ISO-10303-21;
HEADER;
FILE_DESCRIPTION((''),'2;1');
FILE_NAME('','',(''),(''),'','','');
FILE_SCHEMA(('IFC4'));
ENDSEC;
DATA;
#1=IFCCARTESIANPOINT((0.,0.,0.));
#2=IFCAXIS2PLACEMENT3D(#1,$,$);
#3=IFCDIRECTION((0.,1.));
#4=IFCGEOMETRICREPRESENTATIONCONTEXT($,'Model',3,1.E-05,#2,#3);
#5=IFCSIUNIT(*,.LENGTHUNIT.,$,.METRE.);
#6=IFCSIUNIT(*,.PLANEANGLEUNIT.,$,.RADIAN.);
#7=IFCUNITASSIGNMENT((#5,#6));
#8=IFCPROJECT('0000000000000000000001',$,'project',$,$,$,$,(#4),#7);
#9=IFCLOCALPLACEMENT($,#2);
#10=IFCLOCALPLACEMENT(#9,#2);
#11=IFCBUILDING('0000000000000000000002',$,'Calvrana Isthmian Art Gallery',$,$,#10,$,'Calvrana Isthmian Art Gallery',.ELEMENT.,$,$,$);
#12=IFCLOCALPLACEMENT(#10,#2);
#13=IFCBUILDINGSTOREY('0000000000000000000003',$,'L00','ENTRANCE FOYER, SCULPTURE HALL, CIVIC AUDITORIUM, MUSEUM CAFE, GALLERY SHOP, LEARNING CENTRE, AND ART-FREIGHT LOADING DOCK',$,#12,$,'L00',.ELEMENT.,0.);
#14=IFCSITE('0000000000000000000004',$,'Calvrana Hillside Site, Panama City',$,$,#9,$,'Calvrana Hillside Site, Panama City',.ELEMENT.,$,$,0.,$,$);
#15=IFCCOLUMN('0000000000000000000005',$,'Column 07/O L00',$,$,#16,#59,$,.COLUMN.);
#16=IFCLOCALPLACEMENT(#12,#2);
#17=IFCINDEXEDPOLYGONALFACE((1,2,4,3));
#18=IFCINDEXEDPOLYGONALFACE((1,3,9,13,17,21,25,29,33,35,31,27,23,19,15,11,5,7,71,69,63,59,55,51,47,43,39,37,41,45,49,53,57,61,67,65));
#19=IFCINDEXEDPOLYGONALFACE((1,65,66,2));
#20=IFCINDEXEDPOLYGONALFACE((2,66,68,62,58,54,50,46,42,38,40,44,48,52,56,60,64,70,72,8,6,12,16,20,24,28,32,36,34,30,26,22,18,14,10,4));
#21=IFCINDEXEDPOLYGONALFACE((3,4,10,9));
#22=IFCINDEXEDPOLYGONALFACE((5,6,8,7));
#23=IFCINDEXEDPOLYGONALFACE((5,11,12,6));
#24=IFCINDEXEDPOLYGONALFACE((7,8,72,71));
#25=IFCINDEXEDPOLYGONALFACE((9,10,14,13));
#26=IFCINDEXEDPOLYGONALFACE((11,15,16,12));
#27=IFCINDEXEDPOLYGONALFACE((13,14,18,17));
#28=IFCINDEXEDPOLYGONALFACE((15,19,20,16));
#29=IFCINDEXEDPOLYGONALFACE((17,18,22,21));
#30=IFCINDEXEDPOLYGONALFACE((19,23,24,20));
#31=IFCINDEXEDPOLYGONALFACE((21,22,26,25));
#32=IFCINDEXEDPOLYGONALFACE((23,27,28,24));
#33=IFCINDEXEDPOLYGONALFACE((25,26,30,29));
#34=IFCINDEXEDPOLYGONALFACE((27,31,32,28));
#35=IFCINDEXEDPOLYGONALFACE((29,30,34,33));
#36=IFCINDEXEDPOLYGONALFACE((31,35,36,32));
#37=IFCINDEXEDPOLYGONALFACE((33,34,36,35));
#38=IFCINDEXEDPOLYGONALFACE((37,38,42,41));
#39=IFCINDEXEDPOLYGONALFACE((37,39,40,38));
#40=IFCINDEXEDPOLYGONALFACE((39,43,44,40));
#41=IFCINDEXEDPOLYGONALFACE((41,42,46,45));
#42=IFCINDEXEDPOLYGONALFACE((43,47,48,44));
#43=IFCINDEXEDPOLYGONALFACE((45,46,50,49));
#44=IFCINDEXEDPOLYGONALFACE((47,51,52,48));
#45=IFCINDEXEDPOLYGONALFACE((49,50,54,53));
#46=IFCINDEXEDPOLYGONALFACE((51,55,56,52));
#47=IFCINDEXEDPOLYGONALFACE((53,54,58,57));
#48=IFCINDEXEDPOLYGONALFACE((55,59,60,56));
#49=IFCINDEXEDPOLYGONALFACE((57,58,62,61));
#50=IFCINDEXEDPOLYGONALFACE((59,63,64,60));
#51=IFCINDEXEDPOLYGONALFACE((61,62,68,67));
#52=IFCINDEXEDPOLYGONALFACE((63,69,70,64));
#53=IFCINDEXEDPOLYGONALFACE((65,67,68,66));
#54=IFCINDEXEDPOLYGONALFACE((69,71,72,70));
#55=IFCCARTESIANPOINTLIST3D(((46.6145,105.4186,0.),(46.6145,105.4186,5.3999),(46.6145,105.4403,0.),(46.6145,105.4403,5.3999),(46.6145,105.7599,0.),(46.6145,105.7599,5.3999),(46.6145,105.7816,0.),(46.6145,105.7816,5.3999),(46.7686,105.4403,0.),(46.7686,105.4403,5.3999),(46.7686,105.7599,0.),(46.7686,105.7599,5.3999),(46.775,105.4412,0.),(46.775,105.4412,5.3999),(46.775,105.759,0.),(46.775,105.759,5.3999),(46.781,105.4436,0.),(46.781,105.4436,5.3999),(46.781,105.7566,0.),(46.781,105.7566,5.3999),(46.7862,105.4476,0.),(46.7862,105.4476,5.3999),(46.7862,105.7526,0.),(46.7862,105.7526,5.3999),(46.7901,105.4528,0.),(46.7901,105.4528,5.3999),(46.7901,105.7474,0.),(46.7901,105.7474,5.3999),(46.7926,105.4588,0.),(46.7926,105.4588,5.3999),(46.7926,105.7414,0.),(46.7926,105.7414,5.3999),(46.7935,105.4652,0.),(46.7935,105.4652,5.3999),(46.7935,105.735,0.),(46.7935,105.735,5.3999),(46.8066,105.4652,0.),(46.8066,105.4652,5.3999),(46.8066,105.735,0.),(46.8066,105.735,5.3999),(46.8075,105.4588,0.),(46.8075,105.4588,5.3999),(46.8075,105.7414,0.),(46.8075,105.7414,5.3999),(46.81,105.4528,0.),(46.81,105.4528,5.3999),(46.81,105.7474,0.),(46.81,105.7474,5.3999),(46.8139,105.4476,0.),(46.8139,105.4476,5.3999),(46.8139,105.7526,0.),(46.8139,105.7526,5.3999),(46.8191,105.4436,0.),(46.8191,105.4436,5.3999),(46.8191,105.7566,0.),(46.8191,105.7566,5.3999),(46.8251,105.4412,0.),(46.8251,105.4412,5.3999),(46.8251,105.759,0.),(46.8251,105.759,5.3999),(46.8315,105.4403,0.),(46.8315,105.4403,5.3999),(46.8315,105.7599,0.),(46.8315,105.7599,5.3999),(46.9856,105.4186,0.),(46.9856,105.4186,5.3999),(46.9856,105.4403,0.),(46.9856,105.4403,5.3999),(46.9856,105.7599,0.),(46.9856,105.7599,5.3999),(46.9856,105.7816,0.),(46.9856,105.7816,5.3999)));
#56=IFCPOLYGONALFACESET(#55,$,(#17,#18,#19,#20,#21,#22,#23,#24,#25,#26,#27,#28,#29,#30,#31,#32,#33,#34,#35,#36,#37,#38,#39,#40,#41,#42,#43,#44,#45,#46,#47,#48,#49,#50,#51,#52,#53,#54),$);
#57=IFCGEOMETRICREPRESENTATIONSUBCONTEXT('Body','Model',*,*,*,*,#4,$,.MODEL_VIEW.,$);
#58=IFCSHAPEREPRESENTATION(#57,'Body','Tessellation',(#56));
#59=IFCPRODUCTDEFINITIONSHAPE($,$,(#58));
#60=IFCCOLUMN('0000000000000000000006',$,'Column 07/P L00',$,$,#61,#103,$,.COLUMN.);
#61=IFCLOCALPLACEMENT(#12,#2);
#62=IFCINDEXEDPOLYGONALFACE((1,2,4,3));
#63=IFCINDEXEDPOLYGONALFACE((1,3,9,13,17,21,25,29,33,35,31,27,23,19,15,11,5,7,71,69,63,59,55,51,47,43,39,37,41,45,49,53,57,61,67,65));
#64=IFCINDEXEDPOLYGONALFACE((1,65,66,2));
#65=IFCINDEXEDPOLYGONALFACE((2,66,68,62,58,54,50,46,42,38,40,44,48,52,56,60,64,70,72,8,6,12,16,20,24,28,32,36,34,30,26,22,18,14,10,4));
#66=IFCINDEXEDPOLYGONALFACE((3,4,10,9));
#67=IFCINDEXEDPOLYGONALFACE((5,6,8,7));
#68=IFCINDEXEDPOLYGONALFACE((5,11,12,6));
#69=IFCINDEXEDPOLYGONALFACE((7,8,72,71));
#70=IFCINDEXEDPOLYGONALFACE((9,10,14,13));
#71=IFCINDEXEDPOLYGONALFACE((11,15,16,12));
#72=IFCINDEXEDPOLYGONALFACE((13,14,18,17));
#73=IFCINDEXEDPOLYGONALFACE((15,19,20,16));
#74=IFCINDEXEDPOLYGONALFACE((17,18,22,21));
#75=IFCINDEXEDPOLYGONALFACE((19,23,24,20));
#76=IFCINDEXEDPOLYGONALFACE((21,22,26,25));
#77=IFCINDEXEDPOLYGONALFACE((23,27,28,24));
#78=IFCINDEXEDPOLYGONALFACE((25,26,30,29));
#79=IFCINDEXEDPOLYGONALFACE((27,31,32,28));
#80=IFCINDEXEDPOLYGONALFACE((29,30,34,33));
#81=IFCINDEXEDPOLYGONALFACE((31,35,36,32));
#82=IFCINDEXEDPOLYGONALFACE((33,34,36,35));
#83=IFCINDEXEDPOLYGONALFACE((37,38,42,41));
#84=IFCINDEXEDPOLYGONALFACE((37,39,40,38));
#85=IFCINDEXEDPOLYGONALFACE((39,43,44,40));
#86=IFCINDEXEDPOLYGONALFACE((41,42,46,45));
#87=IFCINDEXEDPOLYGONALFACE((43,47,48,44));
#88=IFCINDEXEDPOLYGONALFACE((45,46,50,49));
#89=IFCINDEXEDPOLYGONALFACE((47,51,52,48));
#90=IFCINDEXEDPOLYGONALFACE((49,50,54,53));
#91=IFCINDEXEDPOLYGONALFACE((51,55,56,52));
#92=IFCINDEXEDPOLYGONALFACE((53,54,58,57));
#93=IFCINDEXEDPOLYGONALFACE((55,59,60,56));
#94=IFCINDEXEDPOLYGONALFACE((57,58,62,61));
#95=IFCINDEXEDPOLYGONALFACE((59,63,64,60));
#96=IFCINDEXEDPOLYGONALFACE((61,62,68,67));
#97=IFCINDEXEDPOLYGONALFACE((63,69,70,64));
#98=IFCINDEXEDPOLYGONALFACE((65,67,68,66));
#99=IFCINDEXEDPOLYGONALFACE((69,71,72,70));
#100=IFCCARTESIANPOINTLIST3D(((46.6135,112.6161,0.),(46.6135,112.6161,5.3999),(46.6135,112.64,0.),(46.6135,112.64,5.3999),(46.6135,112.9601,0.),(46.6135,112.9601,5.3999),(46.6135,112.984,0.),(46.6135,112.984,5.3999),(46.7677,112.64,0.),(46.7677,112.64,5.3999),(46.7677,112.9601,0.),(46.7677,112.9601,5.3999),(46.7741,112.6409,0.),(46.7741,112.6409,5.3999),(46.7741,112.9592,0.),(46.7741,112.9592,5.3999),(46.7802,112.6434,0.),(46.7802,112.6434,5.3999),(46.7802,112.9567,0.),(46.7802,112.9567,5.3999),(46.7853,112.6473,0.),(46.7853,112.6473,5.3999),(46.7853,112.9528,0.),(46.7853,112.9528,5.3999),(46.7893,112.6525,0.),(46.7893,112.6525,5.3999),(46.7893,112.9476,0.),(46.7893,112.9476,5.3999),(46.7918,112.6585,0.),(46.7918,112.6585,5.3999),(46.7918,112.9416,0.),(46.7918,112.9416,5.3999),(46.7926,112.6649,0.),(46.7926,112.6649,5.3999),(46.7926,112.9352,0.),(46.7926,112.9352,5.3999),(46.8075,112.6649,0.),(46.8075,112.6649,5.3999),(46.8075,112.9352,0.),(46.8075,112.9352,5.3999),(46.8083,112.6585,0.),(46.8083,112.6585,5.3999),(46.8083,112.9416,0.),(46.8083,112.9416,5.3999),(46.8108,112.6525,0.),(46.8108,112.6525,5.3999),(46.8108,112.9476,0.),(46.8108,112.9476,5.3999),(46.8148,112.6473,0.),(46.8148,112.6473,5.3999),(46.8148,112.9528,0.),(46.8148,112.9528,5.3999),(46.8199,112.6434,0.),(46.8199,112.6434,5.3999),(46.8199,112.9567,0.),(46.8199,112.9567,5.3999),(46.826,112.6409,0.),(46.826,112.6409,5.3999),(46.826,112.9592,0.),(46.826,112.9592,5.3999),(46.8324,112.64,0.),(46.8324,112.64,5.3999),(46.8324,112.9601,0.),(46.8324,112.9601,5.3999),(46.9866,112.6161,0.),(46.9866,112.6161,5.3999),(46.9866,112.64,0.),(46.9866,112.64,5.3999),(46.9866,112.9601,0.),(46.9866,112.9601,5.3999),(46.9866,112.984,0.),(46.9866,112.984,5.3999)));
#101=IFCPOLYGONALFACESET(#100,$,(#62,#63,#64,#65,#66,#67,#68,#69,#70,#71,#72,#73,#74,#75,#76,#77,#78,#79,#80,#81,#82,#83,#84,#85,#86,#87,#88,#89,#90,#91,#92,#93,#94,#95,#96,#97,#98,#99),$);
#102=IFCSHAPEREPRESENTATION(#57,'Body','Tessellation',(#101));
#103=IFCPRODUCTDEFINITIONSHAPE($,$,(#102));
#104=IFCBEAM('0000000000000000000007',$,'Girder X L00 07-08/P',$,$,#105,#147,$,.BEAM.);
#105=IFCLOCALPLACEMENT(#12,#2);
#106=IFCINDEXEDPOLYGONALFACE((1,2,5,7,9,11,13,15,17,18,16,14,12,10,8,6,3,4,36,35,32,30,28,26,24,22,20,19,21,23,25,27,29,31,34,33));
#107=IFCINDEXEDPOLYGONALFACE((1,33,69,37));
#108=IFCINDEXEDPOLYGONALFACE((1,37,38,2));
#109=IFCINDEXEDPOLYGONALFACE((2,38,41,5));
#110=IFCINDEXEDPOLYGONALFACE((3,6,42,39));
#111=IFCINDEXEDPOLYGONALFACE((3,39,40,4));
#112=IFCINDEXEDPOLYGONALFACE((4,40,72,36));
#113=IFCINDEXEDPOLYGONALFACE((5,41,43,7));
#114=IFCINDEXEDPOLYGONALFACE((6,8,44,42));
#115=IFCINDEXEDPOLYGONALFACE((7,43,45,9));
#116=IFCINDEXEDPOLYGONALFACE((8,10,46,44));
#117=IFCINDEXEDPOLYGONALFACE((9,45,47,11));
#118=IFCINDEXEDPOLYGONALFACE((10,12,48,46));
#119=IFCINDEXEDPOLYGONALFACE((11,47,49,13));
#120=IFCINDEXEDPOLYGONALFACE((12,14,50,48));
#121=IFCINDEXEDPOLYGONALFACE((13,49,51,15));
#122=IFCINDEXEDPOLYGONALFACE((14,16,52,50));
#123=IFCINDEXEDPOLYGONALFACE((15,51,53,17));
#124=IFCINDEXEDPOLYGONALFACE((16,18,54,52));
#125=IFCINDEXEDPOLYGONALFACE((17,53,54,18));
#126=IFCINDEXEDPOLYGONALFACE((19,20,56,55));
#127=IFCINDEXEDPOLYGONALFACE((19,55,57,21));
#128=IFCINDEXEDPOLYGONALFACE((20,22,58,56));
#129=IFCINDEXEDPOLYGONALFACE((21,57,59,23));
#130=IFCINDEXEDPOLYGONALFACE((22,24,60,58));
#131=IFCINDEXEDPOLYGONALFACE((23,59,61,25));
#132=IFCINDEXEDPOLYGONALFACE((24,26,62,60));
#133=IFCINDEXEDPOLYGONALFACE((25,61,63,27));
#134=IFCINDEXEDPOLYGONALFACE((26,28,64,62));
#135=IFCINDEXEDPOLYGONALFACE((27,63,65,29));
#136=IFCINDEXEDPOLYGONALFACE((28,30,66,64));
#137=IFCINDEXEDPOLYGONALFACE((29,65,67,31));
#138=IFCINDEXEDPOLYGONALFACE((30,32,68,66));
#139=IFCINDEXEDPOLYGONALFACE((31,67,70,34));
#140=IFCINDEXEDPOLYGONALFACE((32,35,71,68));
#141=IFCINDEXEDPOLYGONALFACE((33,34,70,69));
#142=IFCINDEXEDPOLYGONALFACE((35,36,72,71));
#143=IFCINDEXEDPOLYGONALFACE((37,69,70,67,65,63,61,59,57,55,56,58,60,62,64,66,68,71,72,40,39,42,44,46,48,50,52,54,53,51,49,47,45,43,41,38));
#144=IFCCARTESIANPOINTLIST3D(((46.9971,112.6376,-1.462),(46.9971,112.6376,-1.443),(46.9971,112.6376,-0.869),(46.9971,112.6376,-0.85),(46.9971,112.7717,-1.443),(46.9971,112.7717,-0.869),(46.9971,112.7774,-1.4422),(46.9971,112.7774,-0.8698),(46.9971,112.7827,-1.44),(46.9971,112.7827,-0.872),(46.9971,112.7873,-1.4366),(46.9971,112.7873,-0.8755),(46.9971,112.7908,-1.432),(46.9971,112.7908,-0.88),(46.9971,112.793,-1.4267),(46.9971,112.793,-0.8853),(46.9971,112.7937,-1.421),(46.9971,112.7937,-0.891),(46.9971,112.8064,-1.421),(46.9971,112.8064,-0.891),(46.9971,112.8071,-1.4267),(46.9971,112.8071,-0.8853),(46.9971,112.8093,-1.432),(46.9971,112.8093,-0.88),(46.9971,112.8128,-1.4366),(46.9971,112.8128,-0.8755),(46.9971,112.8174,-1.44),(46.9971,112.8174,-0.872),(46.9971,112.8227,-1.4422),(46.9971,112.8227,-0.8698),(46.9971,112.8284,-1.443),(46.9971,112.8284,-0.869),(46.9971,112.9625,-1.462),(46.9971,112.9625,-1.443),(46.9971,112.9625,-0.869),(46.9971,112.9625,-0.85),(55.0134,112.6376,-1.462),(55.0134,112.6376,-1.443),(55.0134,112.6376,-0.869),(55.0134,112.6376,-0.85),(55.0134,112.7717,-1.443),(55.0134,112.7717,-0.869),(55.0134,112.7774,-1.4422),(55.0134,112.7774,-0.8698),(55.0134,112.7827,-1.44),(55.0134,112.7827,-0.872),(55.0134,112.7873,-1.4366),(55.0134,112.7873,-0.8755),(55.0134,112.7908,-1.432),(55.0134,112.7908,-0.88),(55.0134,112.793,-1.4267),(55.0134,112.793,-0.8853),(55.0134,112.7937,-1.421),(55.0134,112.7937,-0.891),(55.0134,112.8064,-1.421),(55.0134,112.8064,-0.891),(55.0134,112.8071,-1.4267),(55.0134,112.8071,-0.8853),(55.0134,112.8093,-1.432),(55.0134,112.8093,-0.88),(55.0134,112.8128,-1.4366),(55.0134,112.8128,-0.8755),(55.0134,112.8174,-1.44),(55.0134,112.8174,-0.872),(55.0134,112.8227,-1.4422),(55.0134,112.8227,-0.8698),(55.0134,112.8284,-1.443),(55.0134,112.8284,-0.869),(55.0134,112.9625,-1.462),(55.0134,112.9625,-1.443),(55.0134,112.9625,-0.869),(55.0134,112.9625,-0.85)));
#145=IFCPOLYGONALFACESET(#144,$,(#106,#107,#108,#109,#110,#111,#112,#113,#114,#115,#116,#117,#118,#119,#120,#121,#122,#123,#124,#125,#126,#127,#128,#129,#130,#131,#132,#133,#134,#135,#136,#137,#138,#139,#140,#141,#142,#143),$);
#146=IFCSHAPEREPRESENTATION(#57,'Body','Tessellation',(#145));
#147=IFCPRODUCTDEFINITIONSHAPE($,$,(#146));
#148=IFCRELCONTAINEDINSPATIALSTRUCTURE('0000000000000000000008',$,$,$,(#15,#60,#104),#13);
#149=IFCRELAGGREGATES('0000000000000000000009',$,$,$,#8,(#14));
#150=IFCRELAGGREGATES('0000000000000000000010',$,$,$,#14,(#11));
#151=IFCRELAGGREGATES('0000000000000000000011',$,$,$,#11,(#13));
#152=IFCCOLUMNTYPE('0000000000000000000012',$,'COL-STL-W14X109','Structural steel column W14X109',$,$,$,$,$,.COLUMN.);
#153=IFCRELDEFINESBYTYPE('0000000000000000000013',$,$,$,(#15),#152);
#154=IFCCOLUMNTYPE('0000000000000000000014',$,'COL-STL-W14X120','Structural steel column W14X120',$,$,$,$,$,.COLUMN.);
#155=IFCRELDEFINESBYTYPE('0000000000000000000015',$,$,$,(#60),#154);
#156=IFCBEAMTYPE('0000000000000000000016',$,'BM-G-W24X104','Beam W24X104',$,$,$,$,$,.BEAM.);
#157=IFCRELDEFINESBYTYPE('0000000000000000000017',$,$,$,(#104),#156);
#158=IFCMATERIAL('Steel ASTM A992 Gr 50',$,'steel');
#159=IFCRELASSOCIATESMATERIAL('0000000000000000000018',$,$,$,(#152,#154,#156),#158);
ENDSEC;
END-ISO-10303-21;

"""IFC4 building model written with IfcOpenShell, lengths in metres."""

from ifc_helpers import new_model, si_unit, direction, frame, origin, origin_2d, place, context, subcontext, project, spatial, i_section, extrude, material, material_profile, profile_set, type_object, element, save


model = new_model("IFC4")

# Units and contexts
model_context = context("Model", 3, precision=1e-05, world=origin(), true_north=direction((0.0, 1.0)))
body_context = subcontext(model_context, "Body", "Model", "MODEL_VIEW")
ifc_project = project(units=[si_unit("LENGTHUNIT", "METRE"), si_unit("PLANEANGLEUNIT", "RADIAN")], contexts=[model_context])

# Site, building, storey
site_placement = place(None, origin())
site = spatial("IfcSite", under=ifc_project, at=site_placement, Name="Calvrana Hillside Site, Panama City", LongName="Calvrana Hillside Site, Panama City", CompositionType="ELEMENT", RefElevation=0.0)
building_placement = place(site_placement, origin())
building = spatial("IfcBuilding", under=site, at=building_placement, Name="Calvrana Isthmian Art Gallery", LongName="Calvrana Isthmian Art Gallery", CompositionType="ELEMENT")
storey_placement = place(building_placement, origin())
storey = spatial("IfcBuildingStorey", under=building, at=storey_placement, Name="L00", Description="ENTRANCE FOYER, SCULPTURE HALL, CIVIC AUDITORIUM, MUSEUM CAFE, GALLERY SHOP, LEARNING CENTRE, AND ART-FREIGHT LOADING DOCK", LongName="L00", CompositionType="ELEMENT", Elevation=0.0)

# Columns
ifc_material_1 = material(Name="Steel ASTM A992 Gr 50", Category="steel")
ifc_material_profile_1 = material_profile(ifc_material_1, i_section(OverallWidth=0.3711, OverallDepth=0.363, WebThickness=0.0132, FlangeThickness=0.0217, FilletRadius=0.0249, at=origin_2d()), Name="W14X109")
ifc_profile_set_1 = profile_set([ifc_material_profile_1], Name="Steel ASTM A992 Gr 50")
column_type_1 = type_object("IfcColumnType", Name="COL-STL-W14X109", Description="Structural steel column W14X109", PredefinedType="COLUMN", material=ifc_profile_set_1)
column_1_placement = place(storey_placement, frame((46.8, 105.6001, 0.0), z_axis=(0.0, 0.0, 1.0), x_axis=(1.0, 0.0, 0.0)))
element("IfcColumn", 1, at=column_1_placement, inside=storey, type_object=column_type_1, Name="Column 07/O L00", PredefinedType="COLUMN", context=body_context, shape_type="SweptSolid", body=[
    extrude(i_section(OverallWidth=0.3711, OverallDepth=0.363, WebThickness=0.0132, FlangeThickness=0.0217, FilletRadius=0.0249, at=origin_2d()), origin(), (0.0, 0.0, 1.0), 5.3999),
])
ifc_material_profile_2 = material_profile(ifc_material_1, i_section(OverallWidth=0.373, OverallDepth=0.3679, WebThickness=0.0149, FlangeThickness=0.0239, FilletRadius=0.0249, at=origin_2d()), Name="W14X120")
ifc_profile_set_2 = profile_set([ifc_material_profile_2], Name="Steel ASTM A992 Gr 50")
column_type_2 = type_object("IfcColumnType", Name="COL-STL-W14X120", Description="Structural steel column W14X120", PredefinedType="COLUMN", material=ifc_profile_set_2)
column_2_placement = place(storey_placement, frame((46.8, 112.8, 0.0), z_axis=(0.0, 0.0, 1.0), x_axis=(1.0, 0.0, 0.0)))
element("IfcColumn", 2, at=column_2_placement, inside=storey, type_object=column_type_2, Name="Column 07/P L00", PredefinedType="COLUMN", context=body_context, shape_type="SweptSolid", body=[
    extrude(i_section(OverallWidth=0.373, OverallDepth=0.3679, WebThickness=0.0149, FlangeThickness=0.0239, FilletRadius=0.0249, at=origin_2d()), origin(), (0.0, 0.0, 1.0), 5.3999),
])

# Beam
ifc_material_profile_3 = material_profile(ifc_material_1, i_section(OverallWidth=0.325, OverallDepth=0.6121, WebThickness=0.0127, FlangeThickness=0.019, FilletRadius=0.022, at=origin_2d()), Name="W24X104")
ifc_profile_set_3 = profile_set([ifc_material_profile_3], Name="Steel ASTM A992 Gr 50")
beam_type_1 = type_object("IfcBeamType", Name="BM-G-W24X104", Description="Beam W24X104", PredefinedType="BEAM", material=ifc_profile_set_3)
beam_1_placement = place(storey_placement, frame((46.9971, 112.8, -1.156), z_axis=(1.0, 0.0, 0.0), x_axis=(0.0, 1.0, 0.0)))
element("IfcBeam", 3, at=beam_1_placement, inside=storey, type_object=beam_type_1, Name="Girder X L00 07-08/P", PredefinedType="BEAM", context=body_context, shape_type="SweptSolid", body=[
    extrude(i_section(OverallWidth=0.325, OverallDepth=0.6121, WebThickness=0.0127, FlangeThickness=0.019, FilletRadius=0.022, at=origin_2d()), origin(), (0.0, 0.0, 1.0), 8.0164),
])

save(model, "model.ifc")
